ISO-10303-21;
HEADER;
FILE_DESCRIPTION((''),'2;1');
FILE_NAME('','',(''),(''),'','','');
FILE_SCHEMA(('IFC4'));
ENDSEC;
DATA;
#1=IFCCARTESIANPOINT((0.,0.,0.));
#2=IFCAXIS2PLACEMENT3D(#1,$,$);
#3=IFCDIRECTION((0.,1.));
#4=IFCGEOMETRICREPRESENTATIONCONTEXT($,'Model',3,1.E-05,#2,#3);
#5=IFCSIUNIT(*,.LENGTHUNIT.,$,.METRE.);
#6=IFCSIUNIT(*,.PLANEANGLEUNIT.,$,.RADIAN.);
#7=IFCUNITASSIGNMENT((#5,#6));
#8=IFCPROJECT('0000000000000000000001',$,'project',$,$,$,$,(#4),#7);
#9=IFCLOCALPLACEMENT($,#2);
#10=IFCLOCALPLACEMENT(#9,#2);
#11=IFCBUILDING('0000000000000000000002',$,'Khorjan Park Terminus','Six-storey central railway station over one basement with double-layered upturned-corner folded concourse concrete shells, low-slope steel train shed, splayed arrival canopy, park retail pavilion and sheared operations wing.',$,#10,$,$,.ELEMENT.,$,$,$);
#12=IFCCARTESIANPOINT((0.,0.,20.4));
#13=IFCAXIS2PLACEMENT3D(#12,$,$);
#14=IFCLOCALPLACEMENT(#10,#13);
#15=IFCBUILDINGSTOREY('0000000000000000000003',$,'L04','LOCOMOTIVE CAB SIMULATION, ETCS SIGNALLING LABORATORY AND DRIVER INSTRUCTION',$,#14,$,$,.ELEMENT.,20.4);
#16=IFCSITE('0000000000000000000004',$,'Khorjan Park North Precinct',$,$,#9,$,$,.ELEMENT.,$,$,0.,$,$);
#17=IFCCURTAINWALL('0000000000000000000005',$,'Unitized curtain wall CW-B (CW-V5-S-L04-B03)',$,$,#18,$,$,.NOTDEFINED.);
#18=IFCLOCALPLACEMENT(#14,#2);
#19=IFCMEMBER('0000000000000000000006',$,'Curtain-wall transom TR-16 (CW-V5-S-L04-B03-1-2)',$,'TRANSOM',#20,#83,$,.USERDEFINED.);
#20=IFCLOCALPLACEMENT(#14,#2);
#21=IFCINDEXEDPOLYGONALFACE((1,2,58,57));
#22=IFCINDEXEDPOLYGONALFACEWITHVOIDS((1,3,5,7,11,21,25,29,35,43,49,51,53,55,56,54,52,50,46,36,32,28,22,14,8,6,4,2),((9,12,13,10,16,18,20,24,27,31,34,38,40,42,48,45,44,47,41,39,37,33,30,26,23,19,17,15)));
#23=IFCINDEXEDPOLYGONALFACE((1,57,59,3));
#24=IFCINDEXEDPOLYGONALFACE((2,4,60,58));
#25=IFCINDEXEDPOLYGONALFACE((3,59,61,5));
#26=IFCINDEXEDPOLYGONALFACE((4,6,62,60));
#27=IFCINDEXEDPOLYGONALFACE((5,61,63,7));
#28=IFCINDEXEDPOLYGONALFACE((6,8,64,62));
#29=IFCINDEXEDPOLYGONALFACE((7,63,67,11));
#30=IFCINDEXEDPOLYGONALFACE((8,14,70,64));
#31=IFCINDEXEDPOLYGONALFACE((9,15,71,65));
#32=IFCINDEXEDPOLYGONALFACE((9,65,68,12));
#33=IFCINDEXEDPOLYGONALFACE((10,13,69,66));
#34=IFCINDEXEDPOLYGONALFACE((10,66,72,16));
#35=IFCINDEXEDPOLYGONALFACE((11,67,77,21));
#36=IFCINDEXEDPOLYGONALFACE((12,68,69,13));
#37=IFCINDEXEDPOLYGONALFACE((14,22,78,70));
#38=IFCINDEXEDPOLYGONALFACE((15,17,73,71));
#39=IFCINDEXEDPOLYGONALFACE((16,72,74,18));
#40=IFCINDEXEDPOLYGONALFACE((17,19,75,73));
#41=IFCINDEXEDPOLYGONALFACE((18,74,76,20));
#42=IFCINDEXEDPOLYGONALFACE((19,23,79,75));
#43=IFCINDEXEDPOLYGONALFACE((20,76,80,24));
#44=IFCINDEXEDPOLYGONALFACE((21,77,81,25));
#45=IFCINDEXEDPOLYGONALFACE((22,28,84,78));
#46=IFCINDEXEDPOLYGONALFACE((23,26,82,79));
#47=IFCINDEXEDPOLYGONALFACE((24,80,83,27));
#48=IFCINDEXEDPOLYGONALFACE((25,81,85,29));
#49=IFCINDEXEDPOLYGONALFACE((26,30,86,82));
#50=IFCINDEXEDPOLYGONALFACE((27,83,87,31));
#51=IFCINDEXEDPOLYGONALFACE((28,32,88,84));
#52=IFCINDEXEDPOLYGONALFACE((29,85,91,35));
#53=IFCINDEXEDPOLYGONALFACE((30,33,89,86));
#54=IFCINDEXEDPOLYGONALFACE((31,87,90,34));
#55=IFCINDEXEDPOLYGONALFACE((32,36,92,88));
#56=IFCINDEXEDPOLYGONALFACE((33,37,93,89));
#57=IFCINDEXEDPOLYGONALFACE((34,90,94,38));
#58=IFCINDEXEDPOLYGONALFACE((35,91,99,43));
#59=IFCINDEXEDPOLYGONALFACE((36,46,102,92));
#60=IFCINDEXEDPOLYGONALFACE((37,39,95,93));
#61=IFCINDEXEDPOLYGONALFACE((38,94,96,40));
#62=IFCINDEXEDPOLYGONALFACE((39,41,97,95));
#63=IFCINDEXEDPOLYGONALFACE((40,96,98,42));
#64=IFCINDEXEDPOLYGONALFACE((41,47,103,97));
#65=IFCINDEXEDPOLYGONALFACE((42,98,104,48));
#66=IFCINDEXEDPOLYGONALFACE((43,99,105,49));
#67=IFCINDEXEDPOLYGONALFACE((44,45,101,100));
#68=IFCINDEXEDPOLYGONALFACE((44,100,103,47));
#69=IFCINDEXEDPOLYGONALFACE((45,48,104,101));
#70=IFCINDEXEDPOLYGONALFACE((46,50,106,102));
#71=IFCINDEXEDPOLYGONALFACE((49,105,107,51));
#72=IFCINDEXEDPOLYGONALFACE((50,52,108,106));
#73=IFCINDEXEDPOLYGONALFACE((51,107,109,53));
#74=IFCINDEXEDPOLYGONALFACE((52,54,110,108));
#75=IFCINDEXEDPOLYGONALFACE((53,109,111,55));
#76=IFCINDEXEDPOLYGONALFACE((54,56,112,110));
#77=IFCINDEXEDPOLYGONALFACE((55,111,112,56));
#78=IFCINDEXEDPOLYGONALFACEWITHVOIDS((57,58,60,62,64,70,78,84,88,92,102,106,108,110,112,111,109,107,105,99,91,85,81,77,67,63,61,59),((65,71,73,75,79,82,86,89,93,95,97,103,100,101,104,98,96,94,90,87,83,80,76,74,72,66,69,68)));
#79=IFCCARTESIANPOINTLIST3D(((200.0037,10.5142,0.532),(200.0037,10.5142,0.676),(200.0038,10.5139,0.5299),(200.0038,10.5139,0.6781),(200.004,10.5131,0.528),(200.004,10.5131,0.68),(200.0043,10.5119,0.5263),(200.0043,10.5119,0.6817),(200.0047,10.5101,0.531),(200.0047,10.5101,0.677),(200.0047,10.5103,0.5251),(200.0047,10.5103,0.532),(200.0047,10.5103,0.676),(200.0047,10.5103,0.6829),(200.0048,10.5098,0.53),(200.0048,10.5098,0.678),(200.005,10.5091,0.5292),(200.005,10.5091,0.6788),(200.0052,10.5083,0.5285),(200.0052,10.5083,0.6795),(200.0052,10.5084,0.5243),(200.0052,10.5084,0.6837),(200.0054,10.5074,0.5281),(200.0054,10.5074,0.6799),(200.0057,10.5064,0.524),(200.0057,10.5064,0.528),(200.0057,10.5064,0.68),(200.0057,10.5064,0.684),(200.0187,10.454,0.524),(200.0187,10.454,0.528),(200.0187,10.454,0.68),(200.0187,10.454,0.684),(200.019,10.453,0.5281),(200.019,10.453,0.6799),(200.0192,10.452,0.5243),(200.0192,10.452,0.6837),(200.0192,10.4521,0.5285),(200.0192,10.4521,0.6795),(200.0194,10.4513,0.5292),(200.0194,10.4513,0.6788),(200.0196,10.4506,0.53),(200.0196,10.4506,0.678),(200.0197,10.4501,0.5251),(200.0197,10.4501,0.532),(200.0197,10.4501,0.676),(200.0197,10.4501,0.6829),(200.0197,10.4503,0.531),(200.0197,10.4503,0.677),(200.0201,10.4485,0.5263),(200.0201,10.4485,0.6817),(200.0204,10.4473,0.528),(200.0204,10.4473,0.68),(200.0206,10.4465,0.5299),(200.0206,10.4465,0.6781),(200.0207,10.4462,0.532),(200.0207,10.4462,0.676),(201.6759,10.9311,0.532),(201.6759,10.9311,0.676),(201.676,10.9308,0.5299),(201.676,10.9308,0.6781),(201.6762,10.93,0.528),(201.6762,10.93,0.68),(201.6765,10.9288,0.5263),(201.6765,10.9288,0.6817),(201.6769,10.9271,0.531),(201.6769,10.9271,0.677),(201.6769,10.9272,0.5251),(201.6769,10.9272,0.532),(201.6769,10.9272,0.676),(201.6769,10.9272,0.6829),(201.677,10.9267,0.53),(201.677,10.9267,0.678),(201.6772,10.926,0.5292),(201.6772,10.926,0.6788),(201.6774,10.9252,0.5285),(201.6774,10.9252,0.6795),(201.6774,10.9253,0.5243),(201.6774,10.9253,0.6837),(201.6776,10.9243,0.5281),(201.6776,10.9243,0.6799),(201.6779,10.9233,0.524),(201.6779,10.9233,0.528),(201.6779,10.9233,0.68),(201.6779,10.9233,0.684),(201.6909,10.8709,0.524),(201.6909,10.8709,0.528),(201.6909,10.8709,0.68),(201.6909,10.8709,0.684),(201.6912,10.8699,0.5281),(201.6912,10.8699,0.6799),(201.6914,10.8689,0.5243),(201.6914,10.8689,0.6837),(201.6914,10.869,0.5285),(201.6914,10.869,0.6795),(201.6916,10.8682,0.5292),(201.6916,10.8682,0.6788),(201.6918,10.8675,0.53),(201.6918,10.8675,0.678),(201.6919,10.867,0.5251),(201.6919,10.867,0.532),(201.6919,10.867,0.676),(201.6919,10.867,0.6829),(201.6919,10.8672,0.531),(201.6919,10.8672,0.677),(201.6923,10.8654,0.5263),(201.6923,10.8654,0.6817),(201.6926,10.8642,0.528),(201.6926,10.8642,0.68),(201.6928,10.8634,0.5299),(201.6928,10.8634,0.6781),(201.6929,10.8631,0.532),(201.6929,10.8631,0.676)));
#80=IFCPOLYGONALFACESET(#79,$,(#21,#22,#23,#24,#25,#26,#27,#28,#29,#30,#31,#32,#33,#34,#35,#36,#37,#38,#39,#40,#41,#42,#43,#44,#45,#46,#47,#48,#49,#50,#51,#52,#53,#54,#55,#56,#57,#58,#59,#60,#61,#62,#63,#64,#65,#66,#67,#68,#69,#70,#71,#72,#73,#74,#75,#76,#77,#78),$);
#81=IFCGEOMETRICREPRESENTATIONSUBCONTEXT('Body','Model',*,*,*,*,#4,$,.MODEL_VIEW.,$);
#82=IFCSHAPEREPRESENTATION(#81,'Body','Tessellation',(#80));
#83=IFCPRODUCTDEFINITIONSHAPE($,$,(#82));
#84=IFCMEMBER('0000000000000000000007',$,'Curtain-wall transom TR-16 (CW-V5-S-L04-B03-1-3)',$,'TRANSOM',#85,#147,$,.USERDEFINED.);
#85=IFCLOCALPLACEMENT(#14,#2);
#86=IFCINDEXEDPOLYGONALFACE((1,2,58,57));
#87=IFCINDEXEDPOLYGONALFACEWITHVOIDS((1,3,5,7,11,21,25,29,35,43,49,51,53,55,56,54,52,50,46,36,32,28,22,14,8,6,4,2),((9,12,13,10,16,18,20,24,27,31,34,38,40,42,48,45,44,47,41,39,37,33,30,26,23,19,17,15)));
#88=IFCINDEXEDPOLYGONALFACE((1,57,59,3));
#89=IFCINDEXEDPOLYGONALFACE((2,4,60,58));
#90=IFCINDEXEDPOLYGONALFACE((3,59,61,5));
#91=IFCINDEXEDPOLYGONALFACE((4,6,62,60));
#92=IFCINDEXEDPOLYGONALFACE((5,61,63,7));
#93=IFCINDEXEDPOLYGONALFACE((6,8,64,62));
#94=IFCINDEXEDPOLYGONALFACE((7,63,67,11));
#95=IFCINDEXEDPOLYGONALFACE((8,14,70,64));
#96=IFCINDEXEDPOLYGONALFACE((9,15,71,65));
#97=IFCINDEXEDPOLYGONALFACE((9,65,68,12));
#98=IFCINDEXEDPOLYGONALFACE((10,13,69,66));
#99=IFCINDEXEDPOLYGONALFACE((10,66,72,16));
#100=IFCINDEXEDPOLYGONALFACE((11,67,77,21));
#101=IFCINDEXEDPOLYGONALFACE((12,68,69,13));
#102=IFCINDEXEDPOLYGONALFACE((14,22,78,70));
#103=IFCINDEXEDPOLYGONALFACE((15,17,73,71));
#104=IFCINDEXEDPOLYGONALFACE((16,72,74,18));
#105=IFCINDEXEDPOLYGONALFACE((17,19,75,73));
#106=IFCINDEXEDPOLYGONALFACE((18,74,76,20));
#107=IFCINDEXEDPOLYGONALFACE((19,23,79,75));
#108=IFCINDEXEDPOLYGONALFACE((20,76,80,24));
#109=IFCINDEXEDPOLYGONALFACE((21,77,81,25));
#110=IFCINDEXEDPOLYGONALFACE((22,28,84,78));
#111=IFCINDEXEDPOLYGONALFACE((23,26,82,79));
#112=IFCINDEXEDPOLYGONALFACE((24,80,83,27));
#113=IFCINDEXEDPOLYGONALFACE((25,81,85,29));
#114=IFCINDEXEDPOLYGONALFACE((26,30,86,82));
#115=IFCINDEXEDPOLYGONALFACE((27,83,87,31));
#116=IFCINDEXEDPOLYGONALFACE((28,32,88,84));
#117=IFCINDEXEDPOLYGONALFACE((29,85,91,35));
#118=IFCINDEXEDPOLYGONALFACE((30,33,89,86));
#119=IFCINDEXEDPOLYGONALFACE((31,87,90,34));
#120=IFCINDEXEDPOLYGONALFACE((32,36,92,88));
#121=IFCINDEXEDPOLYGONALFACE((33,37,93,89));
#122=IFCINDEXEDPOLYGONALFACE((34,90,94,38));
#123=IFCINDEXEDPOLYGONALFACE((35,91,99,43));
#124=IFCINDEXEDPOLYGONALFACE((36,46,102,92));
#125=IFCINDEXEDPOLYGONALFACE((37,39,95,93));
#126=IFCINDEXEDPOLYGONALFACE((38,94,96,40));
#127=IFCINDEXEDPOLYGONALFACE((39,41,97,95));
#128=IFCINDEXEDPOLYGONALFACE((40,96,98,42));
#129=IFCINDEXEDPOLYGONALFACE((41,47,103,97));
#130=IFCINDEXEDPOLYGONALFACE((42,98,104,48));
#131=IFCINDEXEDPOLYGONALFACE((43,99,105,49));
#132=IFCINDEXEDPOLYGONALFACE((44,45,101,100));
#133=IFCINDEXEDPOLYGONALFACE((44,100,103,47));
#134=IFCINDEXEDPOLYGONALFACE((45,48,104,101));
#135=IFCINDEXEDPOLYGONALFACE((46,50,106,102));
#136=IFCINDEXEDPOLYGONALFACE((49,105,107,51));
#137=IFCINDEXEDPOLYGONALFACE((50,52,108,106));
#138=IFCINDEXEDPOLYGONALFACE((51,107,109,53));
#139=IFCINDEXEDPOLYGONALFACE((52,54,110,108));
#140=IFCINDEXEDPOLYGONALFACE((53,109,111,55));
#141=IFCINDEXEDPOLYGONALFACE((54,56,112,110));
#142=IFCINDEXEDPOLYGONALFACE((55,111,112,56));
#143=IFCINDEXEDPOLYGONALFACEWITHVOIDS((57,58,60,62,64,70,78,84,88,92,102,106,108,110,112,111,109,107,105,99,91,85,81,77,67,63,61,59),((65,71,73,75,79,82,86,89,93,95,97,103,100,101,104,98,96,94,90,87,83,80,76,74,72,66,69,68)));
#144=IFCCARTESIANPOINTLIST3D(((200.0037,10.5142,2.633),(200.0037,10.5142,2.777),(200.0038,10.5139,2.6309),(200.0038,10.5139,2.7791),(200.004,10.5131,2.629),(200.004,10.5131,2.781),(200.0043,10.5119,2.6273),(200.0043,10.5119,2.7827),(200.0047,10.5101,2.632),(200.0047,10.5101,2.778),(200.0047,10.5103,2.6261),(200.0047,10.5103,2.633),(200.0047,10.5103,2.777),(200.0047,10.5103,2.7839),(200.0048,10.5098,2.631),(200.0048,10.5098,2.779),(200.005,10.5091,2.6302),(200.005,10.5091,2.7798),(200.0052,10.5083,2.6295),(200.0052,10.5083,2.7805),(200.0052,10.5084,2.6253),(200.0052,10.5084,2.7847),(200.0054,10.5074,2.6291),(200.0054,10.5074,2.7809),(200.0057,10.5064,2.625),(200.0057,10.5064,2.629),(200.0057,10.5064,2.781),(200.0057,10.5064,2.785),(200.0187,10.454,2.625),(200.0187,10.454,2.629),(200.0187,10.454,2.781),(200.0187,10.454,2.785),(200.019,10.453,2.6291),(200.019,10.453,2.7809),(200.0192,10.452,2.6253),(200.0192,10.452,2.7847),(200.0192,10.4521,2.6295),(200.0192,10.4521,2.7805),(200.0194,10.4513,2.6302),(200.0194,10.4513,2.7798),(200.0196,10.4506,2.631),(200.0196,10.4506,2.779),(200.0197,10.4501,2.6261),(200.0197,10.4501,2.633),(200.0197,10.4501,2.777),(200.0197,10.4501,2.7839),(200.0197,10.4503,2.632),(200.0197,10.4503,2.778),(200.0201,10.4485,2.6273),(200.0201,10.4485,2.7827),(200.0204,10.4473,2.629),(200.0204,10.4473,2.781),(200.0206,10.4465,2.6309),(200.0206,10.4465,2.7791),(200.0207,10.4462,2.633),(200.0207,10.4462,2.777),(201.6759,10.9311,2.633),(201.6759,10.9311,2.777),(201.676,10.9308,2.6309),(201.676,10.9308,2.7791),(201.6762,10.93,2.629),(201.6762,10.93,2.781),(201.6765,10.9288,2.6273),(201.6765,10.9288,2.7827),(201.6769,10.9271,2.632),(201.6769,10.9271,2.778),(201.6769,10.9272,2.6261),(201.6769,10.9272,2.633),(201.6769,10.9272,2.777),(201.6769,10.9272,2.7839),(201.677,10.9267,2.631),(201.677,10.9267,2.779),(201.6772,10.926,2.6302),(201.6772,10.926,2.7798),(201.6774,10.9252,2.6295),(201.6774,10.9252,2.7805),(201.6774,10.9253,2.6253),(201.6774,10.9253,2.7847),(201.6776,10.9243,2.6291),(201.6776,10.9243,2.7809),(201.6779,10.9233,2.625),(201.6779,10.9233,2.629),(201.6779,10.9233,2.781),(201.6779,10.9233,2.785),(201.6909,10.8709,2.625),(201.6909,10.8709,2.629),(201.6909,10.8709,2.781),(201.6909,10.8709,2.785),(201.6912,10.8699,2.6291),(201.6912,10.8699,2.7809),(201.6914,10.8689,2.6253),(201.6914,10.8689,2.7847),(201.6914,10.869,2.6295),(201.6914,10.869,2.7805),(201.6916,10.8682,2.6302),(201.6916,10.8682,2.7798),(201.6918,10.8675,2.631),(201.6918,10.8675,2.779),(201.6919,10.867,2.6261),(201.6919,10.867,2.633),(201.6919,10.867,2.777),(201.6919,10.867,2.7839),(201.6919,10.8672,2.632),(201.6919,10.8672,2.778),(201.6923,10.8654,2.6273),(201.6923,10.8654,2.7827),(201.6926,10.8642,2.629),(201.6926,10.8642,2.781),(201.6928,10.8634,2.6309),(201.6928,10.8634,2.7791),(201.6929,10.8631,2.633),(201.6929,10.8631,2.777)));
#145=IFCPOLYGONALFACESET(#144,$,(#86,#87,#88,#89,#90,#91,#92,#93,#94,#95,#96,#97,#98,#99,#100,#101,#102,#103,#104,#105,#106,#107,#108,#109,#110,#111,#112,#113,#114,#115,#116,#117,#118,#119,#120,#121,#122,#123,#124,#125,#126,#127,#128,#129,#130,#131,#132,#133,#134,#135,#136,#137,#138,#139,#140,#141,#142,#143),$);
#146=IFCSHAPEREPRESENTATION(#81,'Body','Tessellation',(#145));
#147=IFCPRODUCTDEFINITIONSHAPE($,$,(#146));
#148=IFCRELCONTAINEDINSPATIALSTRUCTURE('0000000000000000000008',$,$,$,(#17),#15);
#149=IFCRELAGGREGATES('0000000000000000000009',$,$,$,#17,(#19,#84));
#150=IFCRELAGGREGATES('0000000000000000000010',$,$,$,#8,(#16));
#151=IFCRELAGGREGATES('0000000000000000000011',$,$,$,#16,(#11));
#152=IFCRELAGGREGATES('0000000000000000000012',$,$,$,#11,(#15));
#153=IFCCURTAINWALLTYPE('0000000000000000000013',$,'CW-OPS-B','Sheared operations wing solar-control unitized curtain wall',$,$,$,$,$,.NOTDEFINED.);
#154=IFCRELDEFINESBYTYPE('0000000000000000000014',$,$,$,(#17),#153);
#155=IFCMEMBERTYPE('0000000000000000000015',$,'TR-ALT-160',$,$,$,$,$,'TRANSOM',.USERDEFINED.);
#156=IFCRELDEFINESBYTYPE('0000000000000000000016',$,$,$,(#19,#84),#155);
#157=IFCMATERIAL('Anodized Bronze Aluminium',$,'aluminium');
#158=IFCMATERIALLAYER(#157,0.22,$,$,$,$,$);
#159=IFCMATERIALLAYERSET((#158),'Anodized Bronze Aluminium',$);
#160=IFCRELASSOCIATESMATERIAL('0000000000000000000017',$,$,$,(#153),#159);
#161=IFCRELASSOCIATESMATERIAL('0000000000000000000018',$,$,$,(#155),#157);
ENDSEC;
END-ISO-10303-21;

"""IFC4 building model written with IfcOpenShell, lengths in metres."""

from ifc_helpers import new_model, si_unit, direction, frame, origin, origin_2d, place, context, subcontext, project, spatial, hollow_rectangle, extrude, material, layer, layer_set, material_profile, profile_set, type_object, element, aggregate, save


model = new_model("IFC4")

# Units and contexts
model_context = context("Model", 3, precision=1e-05, world=origin(), true_north=direction((0.0, 1.0)))
body_context = subcontext(model_context, "Body", "Model", "MODEL_VIEW")
ifc_project = project(units=[si_unit("LENGTHUNIT", "METRE"), si_unit("PLANEANGLEUNIT", "RADIAN")], contexts=[model_context])

# Site, building, storey
site_placement = place(None, origin())
site = spatial("IfcSite", under=ifc_project, at=site_placement, Name="Khorjan Park North Precinct", CompositionType="ELEMENT", RefElevation=0.0)
building_placement = place(site_placement, origin())
building = spatial("IfcBuilding", under=site, at=building_placement, Name="Khorjan Park Terminus", Description="Six-storey central railway station over one basement with double-layered upturned-corner folded concourse concrete shells, low-slope steel train shed, splayed arrival canopy, park retail pavilion and sheared operations wing.", CompositionType="ELEMENT")
storey_placement = place(building_placement, frame((0.0, 0.0, 20.4)))
storey = spatial("IfcBuildingStorey", under=building, at=storey_placement, Name="L04", Description="LOCOMOTIVE CAB SIMULATION, ETCS SIGNALLING LABORATORY AND DRIVER INSTRUCTION", CompositionType="ELEMENT", Elevation=20.4)

# Curtain wall, members
ifc_material_1 = material(Name="Anodized Bronze Aluminium", Category="aluminium")
ifc_layer_1 = layer(ifc_material_1, 0.22)
ifc_layer_set_1 = layer_set([ifc_layer_1], Name="Anodized Bronze Aluminium")
curtain_wall_type = type_object("IfcCurtainWallType", Name="CW-OPS-B", Description="Sheared operations wing solar-control unitized curtain wall", PredefinedType="NOTDEFINED", material=ifc_layer_set_1)
curtain_wall_placement = place(storey_placement, origin())
curtain_wall = element("IfcCurtainWall", 1, at=curtain_wall_placement, inside=storey, type_object=curtain_wall_type, Name="Unitized curtain wall CW-B (CW-V5-S-L04-B03)", PredefinedType="NOTDEFINED")
ifc_material_profile_1 = material_profile(ifc_material_1, hollow_rectangle(XDim=0.07, YDim=0.16, WallThickness=0.004, InnerFilletRadius=0.004, OuterFilletRadius=0.008, at=origin_2d()), Name="ALT 70x160x4")
ifc_profile_set_1 = profile_set([ifc_material_profile_1], Name="Anodized Bronze Aluminium")
member_type_1 = type_object("IfcMemberType", Name="TR-ALT-160", ElementType="TRANSOM", PredefinedType="USERDEFINED", material=ifc_profile_set_1)
member_1_placement = place(storey_placement, frame((200.0122, 10.4802, 0.604), z_axis=(0.970299, 0.241908, 0.0), x_axis=(-0.241908, 0.970299, 0.0)))
member_1 = element("IfcMember", 2, at=member_1_placement, type_object=member_type_1, Name="Curtain-wall transom TR-16 (CW-V5-S-L04-B03-1-2)", ObjectType="TRANSOM", PredefinedType="USERDEFINED", context=body_context, shape_type="SweptSolid", body=[
    extrude(hollow_rectangle(XDim=0.07, YDim=0.16, WallThickness=0.004, InnerFilletRadius=0.004, OuterFilletRadius=0.008, at=origin_2d()), origin(), (0.0, 0.0, 1.0), 1.7234),
])
member_2_placement = place(storey_placement, frame((200.0122, 10.4802, 2.705), z_axis=(0.970299, 0.241908, 0.0), x_axis=(-0.241908, 0.970299, 0.0)))
member_2 = element("IfcMember", 3, at=member_2_placement, type_object=member_type_1, Name="Curtain-wall transom TR-16 (CW-V5-S-L04-B03-1-3)", ObjectType="TRANSOM", PredefinedType="USERDEFINED", context=body_context, shape_type="SweptSolid", body=[
    extrude(hollow_rectangle(XDim=0.07, YDim=0.16, WallThickness=0.004, InnerFilletRadius=0.004, OuterFilletRadius=0.008, at=origin_2d()), origin(), (0.0, 0.0, 1.0), 1.7234),
])
aggregate(curtain_wall, [member_1, member_2])

save(model, "model.ifc")
